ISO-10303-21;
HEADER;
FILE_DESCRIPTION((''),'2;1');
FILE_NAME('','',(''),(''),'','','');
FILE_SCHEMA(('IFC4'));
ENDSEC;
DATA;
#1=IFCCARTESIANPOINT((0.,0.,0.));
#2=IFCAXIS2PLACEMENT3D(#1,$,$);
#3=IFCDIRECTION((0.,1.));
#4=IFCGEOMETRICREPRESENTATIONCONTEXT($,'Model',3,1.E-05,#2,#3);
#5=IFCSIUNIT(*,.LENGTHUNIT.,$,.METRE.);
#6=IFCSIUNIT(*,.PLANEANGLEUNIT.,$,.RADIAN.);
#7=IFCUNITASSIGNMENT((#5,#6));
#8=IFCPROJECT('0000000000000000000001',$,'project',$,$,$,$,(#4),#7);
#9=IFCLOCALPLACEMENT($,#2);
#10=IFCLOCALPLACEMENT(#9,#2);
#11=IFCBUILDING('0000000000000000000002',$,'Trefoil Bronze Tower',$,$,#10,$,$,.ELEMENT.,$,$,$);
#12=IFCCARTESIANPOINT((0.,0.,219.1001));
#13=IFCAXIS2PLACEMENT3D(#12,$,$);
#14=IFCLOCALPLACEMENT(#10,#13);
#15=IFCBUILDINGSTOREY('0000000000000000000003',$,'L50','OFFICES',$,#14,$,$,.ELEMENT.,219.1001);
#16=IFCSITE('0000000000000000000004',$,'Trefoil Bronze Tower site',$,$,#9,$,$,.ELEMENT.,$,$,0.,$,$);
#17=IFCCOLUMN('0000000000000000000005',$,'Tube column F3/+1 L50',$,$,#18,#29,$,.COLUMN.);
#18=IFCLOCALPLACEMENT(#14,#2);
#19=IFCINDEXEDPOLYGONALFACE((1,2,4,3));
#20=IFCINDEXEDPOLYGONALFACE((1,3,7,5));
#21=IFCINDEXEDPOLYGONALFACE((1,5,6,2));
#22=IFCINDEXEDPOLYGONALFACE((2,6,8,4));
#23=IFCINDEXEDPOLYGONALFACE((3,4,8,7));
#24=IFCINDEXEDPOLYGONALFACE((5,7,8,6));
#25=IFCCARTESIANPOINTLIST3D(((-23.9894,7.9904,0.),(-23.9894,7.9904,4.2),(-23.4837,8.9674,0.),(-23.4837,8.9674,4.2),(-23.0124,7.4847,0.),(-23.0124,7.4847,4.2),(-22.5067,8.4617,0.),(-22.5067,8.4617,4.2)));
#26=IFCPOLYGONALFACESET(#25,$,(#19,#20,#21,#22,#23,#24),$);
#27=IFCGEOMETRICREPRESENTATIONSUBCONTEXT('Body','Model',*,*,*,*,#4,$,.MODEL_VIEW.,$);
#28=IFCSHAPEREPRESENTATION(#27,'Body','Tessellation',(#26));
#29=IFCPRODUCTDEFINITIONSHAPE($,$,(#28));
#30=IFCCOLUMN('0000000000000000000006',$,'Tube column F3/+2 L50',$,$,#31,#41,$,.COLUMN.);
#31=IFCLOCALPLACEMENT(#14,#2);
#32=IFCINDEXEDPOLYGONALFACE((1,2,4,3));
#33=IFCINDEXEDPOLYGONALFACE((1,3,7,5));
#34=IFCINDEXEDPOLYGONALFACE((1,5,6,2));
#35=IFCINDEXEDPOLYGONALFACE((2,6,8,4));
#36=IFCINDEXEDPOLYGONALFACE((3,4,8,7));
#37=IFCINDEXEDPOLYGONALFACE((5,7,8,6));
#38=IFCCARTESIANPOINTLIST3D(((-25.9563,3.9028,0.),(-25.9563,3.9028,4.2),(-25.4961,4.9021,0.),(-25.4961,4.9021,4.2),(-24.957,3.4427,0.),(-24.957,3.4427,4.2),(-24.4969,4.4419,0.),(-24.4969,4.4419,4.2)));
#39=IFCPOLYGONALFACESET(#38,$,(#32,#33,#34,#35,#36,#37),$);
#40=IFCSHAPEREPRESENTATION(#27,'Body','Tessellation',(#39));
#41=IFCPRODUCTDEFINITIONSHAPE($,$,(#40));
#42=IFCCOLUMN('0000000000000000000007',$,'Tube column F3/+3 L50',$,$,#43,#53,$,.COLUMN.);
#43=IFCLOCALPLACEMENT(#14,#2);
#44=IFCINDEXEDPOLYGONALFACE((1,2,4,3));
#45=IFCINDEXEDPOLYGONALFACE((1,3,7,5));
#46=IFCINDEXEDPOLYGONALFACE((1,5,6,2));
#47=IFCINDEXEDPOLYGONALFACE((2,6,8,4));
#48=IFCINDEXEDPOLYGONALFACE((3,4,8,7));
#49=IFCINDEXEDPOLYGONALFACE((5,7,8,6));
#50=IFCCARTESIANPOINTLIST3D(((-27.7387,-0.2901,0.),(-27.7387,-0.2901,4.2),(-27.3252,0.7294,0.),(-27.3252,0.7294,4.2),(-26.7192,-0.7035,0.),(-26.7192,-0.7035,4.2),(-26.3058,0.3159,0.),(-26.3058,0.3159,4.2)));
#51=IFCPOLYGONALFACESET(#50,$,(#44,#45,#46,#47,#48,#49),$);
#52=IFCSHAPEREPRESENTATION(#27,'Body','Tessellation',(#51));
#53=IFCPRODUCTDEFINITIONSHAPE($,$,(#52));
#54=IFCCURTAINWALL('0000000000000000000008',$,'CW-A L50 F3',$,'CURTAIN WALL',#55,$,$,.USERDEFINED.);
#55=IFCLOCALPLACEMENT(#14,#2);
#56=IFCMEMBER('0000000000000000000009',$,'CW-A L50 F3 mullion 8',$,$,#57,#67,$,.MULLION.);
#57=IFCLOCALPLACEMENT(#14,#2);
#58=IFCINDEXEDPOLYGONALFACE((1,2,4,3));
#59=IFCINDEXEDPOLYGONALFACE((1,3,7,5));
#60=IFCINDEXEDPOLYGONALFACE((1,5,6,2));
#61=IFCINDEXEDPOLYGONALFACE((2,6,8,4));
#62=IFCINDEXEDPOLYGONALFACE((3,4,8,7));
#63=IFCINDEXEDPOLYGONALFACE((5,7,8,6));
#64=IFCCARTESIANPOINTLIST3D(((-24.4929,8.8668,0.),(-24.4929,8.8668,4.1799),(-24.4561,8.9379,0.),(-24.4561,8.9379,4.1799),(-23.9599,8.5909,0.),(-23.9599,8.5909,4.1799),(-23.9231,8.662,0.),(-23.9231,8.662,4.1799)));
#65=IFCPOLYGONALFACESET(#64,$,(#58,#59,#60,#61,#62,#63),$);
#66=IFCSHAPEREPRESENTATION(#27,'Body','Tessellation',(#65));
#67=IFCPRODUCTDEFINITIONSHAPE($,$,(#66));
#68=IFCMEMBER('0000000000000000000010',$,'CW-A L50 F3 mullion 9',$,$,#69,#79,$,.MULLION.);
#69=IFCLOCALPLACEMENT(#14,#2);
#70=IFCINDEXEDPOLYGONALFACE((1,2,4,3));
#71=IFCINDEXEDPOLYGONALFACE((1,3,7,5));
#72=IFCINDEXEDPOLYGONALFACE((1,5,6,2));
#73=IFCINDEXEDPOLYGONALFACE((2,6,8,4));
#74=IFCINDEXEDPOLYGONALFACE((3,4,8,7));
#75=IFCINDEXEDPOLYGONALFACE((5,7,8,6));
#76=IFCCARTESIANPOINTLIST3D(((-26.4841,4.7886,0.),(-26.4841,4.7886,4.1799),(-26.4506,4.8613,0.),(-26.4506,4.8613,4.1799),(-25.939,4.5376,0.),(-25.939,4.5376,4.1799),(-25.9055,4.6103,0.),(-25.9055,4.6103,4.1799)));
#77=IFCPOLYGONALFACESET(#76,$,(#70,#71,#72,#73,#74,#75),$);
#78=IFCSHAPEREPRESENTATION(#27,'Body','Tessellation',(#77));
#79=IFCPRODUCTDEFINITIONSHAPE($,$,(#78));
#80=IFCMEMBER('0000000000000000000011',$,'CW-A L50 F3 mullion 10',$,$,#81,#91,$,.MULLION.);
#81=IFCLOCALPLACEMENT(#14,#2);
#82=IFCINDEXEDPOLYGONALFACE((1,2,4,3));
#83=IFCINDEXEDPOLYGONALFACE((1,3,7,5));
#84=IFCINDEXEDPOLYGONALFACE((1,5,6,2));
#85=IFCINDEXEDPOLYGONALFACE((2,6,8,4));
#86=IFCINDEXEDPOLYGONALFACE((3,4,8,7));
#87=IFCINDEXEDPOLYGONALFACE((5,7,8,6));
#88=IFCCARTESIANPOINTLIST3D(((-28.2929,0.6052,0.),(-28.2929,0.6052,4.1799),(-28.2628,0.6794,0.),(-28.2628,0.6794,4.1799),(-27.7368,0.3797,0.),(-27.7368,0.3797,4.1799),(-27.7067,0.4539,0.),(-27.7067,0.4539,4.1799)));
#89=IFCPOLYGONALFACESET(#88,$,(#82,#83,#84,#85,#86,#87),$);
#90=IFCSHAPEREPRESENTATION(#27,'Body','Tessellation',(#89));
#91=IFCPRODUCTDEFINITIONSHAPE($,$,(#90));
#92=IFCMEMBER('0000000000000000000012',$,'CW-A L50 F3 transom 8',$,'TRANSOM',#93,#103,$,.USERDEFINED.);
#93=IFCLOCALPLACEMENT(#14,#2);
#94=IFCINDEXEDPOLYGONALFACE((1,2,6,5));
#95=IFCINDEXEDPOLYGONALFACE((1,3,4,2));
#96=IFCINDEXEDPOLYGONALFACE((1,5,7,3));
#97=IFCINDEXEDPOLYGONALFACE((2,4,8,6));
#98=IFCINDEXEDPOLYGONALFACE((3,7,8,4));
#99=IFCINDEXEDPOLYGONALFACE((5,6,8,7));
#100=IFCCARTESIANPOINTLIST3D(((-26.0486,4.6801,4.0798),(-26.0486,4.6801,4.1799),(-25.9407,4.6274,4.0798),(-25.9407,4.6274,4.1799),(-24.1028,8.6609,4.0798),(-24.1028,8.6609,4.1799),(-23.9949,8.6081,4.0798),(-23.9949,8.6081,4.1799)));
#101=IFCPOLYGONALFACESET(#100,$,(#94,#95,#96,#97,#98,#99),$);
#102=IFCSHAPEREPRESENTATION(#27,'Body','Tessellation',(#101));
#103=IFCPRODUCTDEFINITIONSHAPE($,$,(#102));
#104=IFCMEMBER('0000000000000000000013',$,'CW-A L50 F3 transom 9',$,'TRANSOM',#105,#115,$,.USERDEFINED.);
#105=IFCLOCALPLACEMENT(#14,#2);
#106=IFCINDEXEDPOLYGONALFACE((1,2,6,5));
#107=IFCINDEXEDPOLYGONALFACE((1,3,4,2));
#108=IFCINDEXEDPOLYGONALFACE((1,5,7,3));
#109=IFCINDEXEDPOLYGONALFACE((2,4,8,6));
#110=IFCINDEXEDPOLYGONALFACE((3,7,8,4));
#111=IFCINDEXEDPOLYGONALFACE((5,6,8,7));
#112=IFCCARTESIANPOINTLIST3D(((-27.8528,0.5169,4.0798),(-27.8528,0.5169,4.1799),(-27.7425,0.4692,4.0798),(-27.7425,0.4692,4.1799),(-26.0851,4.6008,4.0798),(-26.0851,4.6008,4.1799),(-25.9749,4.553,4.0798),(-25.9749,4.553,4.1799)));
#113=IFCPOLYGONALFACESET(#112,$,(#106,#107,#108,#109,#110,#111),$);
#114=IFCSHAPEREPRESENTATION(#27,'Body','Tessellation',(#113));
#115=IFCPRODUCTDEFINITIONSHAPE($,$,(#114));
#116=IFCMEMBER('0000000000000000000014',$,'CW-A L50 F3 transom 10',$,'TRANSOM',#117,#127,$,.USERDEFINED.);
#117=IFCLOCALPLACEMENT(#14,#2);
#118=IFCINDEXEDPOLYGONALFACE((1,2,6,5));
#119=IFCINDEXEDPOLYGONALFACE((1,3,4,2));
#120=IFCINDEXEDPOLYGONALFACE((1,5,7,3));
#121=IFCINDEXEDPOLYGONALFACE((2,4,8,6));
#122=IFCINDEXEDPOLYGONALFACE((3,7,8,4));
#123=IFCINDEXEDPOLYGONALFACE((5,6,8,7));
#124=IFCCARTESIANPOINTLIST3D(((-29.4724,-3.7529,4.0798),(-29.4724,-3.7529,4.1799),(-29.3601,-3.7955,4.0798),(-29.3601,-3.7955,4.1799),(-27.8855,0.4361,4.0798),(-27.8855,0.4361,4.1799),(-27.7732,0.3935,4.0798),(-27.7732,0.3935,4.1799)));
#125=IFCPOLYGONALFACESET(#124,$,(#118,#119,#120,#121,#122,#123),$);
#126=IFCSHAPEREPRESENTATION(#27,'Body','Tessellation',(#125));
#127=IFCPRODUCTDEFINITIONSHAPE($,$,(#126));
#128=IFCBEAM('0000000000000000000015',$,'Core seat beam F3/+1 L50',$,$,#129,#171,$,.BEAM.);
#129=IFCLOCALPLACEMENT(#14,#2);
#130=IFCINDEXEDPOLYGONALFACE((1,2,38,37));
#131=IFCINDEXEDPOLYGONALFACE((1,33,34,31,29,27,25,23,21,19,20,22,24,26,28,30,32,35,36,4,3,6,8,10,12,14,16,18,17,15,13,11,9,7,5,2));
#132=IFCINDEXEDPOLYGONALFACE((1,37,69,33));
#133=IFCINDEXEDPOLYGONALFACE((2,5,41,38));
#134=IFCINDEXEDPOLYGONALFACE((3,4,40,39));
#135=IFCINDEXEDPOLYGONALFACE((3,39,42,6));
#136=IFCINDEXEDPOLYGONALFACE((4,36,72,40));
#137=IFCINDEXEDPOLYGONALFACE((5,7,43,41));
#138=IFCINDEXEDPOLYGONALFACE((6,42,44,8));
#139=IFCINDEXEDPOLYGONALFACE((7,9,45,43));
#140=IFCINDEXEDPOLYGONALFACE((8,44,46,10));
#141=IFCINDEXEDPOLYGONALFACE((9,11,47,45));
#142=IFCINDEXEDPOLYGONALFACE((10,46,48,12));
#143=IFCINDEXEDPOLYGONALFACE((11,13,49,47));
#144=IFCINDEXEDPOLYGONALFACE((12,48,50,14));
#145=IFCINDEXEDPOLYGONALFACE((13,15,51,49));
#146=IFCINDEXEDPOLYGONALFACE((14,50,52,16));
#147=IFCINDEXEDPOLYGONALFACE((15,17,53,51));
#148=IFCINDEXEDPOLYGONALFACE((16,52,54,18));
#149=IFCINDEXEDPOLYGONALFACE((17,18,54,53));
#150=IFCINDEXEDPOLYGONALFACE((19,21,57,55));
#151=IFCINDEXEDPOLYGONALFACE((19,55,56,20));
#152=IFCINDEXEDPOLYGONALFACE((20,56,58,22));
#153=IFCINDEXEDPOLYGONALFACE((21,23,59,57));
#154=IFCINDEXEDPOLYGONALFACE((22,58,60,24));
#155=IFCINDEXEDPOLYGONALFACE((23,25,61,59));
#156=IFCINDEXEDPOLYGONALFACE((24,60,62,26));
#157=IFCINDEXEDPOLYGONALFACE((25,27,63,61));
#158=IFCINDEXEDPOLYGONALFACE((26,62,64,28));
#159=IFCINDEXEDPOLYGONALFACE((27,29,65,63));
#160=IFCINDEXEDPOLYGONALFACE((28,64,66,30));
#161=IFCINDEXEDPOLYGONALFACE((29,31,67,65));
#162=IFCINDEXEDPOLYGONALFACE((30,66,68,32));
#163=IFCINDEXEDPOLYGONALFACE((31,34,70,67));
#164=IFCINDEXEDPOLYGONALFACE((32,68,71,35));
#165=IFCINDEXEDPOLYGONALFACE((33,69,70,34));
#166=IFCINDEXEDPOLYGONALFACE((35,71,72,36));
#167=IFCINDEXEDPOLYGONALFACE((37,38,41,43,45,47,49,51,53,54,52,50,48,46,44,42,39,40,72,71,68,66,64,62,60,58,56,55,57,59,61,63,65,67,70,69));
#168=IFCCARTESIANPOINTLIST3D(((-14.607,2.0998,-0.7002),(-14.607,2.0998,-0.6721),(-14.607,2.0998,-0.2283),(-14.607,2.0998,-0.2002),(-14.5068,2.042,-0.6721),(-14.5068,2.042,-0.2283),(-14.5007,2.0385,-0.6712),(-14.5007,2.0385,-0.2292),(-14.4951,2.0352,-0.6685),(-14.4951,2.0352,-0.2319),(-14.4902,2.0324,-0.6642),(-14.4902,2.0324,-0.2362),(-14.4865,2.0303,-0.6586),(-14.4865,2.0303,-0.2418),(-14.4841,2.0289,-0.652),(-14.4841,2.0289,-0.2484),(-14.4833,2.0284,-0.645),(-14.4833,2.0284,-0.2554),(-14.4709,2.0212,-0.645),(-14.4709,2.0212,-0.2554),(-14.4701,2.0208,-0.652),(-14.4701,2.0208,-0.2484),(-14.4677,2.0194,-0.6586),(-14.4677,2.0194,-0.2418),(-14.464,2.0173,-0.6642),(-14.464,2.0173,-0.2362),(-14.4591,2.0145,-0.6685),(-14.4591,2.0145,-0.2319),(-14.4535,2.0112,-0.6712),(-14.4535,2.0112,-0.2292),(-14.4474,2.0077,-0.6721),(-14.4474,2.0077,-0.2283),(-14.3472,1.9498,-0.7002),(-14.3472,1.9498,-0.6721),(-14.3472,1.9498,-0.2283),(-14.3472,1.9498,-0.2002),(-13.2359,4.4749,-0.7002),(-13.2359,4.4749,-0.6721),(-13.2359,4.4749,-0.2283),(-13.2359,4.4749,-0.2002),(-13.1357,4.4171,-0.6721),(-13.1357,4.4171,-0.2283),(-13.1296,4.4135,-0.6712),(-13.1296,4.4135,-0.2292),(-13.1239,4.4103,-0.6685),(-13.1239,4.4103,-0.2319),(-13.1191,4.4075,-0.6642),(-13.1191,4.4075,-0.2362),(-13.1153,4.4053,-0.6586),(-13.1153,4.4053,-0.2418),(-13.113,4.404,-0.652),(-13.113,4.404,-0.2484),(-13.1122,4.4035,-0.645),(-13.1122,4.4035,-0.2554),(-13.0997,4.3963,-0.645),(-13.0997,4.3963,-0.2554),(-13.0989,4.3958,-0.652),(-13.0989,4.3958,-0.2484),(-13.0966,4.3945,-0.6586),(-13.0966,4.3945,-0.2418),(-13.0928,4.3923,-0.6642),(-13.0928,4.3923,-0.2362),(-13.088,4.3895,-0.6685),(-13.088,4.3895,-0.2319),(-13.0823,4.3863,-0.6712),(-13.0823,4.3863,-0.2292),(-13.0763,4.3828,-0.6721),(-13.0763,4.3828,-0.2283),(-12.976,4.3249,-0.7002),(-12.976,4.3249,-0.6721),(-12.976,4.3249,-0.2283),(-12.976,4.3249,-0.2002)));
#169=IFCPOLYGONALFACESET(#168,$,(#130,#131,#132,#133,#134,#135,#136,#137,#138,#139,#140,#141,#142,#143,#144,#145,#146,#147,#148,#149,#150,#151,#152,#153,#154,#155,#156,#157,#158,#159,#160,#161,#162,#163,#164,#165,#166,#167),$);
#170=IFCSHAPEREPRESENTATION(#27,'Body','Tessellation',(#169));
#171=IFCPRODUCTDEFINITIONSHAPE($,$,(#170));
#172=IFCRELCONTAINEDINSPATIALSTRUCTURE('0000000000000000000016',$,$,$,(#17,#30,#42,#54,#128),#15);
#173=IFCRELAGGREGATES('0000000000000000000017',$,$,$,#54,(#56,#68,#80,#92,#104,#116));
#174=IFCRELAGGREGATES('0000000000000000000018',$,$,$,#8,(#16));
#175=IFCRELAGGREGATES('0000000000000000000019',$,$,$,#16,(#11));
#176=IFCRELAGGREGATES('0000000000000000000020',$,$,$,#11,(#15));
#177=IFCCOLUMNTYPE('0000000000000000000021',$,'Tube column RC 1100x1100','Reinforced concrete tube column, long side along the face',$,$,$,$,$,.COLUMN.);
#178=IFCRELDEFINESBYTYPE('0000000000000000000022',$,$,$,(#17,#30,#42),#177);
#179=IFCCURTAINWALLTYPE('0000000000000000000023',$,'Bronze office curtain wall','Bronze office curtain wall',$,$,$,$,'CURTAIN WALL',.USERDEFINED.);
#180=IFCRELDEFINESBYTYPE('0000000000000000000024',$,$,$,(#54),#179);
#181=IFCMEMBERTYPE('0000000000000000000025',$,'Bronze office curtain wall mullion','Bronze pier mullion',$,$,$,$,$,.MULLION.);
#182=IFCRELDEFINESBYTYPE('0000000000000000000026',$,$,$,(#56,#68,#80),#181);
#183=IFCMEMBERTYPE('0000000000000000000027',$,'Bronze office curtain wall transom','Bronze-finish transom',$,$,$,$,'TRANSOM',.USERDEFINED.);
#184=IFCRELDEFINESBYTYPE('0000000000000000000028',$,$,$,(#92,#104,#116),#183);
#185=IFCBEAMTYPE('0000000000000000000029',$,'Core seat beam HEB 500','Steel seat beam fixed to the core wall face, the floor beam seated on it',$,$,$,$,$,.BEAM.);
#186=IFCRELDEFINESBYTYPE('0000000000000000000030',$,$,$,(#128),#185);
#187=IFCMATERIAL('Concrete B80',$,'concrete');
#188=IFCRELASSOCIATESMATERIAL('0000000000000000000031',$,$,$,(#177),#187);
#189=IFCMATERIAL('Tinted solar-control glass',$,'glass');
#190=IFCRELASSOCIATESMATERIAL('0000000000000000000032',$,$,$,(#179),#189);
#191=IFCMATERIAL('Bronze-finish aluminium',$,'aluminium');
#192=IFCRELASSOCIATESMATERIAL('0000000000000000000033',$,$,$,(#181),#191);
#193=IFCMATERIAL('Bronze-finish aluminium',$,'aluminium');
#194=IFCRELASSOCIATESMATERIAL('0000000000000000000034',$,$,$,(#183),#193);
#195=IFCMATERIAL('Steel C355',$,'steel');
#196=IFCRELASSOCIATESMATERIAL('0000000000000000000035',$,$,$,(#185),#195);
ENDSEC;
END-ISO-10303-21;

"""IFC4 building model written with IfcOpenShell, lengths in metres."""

from ifc_helpers import new_model, si_unit, direction, frame, origin, origin_2d, place, context, subcontext, project, spatial, rectangle, i_section, extrude, material, material_profile, profile_set, type_object, element, aggregate, save


model = new_model("IFC4")

# Units and contexts
model_context = context("Model", 3, precision=1e-05, world=origin(), true_north=direction((0.0, 1.0)))
body_context = subcontext(model_context, "Body", "Model", "MODEL_VIEW")
ifc_project = project(units=[si_unit("LENGTHUNIT", "METRE"), si_unit("PLANEANGLEUNIT", "RADIAN")], contexts=[model_context])

# Site, building, storey
site_placement = place(None, origin())
site = spatial("IfcSite", under=ifc_project, at=site_placement, Name="Trefoil Bronze Tower site", CompositionType="ELEMENT", RefElevation=0.0)
building_placement = place(site_placement, origin())
building = spatial("IfcBuilding", under=site, at=building_placement, Name="Trefoil Bronze Tower", CompositionType="ELEMENT")
storey_placement = place(building_placement, frame((0.0, 0.0, 219.1001)))
storey = spatial("IfcBuildingStorey", under=building, at=storey_placement, Name="L50", Description="OFFICES", CompositionType="ELEMENT", Elevation=219.1001)

# Columns
ifc_material_1 = material(Name="Concrete B80", Category="concrete")
ifc_material_profile_1 = material_profile(ifc_material_1, rectangle(XDim=1.1001, YDim=1.1001, at=origin_2d()), Name="RC 1100x1100")
ifc_profile_set_1 = profile_set([ifc_material_profile_1], Name="Concrete B80")
column_type = type_object("IfcColumnType", Name="Tube column RC 1100x1100", Description="Reinforced concrete tube column, long side along the face", PredefinedType="COLUMN", material=ifc_profile_set_1)
for number, where, z_axis, x_axis, name in (
    (1, (-23.248, 8.2261, 0.0), (0.0, 0.0, 1.0), (-0.459673, -0.888088, 0.0), "Tube column F3/+1 L50"),
    (2, (-25.2266, 4.1724, 0.0), (0.0, 0.0, 1.0), (-0.418286, -0.908315, 0.0), "Tube column F3/+2 L50"),
    (3, (-27.0222, 0.0129, 0.0), (0.0, 0.0, 1.0), (-0.375828, -0.926689, 0.0), "Tube column F3/+3 L50"),
):
    element("IfcColumn", number, at=place(storey_placement, frame(where, z_axis=z_axis, x_axis=x_axis)), inside=storey, type_object=column_type, Name=name, PredefinedType="COLUMN", context=body_context, shape_type="SweptSolid", body=[
        extrude(rectangle(XDim=1.1001, YDim=1.1001, at=origin_2d()), origin(), (0.0, 0.0, 1.0), 4.2),
    ])

# Curtain wall, members
ifc_material_2 = material(Name="Tinted solar-control glass", Category="glass")
curtain_wall_type = type_object("IfcCurtainWallType", Name="Bronze office curtain wall", Description="Bronze office curtain wall", ElementType="CURTAIN WALL", PredefinedType="USERDEFINED", material=ifc_material_2)
curtain_wall_placement = place(storey_placement, origin())
curtain_wall = element("IfcCurtainWall", 4, at=curtain_wall_placement, inside=storey, type_object=curtain_wall_type, Name="CW-A L50 F3", ObjectType="CURTAIN WALL", PredefinedType="USERDEFINED")
ifc_material_3 = material(Name="Bronze-finish aluminium", Category="aluminium")
ifc_material_profile_2 = material_profile(ifc_material_3, rectangle(XDim=0.6001, YDim=0.0801, at=origin_2d()), Name="CW-A mullion")
ifc_profile_set_2 = profile_set([ifc_material_profile_2], Name="Bronze-finish aluminium")
member_type_1 = type_object("IfcMemberType", Name="Bronze office curtain wall mullion", Description="Bronze pier mullion", PredefinedType="MULLION", material=ifc_profile_set_2)
member_1_placement = place(storey_placement, frame((-24.208, 8.7644, 0.0), z_axis=(0.0, 0.0, 1.0), x_axis=(0.888088, -0.459673, 0.0)))
member_1 = element("IfcMember", 5, at=member_1_placement, type_object=member_type_1, Name="CW-A L50 F3 mullion 8", PredefinedType="MULLION", context=body_context, shape_type="SweptSolid", body=[
    extrude(rectangle(XDim=0.6001, YDim=0.0801, at=origin_2d()), origin(), (0.0, 0.0, 1.0), 4.1799),
])
member_2_placement = place(storey_placement, frame((-26.1948, 4.6995, 0.0), z_axis=(0.0, 0.0, 1.0), x_axis=(0.908315, -0.418286, 0.0)))
member_2 = element("IfcMember", 6, at=member_2_placement, type_object=member_type_1, Name="CW-A L50 F3 mullion 9", PredefinedType="MULLION", context=body_context, shape_type="SweptSolid", body=[
    extrude(rectangle(XDim=0.6001, YDim=0.0801, at=origin_2d()), origin(), (0.0, 0.0, 1.0), 4.1799),
])
member_3_placement = place(storey_placement, frame((-27.9998, 0.5295, 0.0), z_axis=(0.0, 0.0, 1.0), x_axis=(0.926689, -0.375828, 0.0)))
member_3 = element("IfcMember", 7, at=member_3_placement, type_object=member_type_1, Name="CW-A L50 F3 mullion 10", PredefinedType="MULLION", context=body_context, shape_type="SweptSolid", body=[
    extrude(rectangle(XDim=0.6001, YDim=0.0801, at=origin_2d()), origin(), (0.0, 0.0, 1.0), 4.1799),
])
ifc_material_4 = material(Name="Bronze-finish aluminium", Category="aluminium")
ifc_material_profile_3 = material_profile(ifc_material_4, rectangle(XDim=0.1201, YDim=0.1001, at=origin_2d()), Name="CW-A transom")
ifc_profile_set_3 = profile_set([ifc_material_profile_3], Name="Bronze-finish aluminium")
member_type_2 = type_object("IfcMemberType", Name="Bronze office curtain wall transom", Description="Bronze-finish transom", ElementType="TRANSOM", PredefinedType="USERDEFINED", material=ifc_profile_set_3)
member_4_placement = place(storey_placement, frame((-24.0488, 8.6345, 4.1299), z_axis=(-0.439151, -0.898413, 0.0), x_axis=(0.898413, -0.439151, 0.0)))
member_4 = element("IfcMember", 8, at=member_4_placement, type_object=member_type_2, Name="CW-A L50 F3 transom 8", ObjectType="TRANSOM", PredefinedType="USERDEFINED", context=body_context, shape_type="SweptSolid", body=[
    extrude(rectangle(XDim=0.1201, YDim=0.1001, at=origin_2d()), origin(), (0.0, 0.0, 1.0), 4.4309),
])
member_5_placement = place(storey_placement, frame((-26.03, 4.5769, 4.1299), z_axis=(-0.397221, -0.917723, 0.0), x_axis=(0.917723, -0.397221, 0.0)))
member_5 = element("IfcMember", 9, at=member_5_placement, type_object=member_type_2, Name="CW-A L50 F3 transom 9", ObjectType="TRANSOM", PredefinedType="USERDEFINED", context=body_context, shape_type="SweptSolid", body=[
    extrude(rectangle(XDim=0.1201, YDim=0.1001, at=origin_2d()), origin(), (0.0, 0.0, 1.0), 4.45),
])
member_6_placement = place(storey_placement, frame((-27.8293, 0.4148, 4.1299), z_axis=(-0.354263, -0.935146, 0.0), x_axis=(0.935146, -0.354263, 0.0)))
member_6 = element("IfcMember", 10, at=member_6_placement, type_object=member_type_2, Name="CW-A L50 F3 transom 10", ObjectType="TRANSOM", PredefinedType="USERDEFINED", context=body_context, shape_type="SweptSolid", body=[
    extrude(rectangle(XDim=0.1201, YDim=0.1001, at=origin_2d()), origin(), (0.0, 0.0, 1.0), 4.4795),
])

# Beam
ifc_material_5 = material(Name="Steel C355", Category="steel")
ifc_material_profile_4 = material_profile(ifc_material_5, i_section(OverallWidth=0.3, OverallDepth=0.5, WebThickness=0.0144, FlangeThickness=0.0281, FilletRadius=0.0271, at=origin_2d()), Name="HEB 500")
ifc_profile_set_4 = profile_set([ifc_material_profile_4], Name="Steel C355")
beam_type_1 = type_object("IfcBeamType", Name="Core seat beam HEB 500", Description="Steel seat beam fixed to the core wall face, the floor beam seated on it", PredefinedType="BEAM", material=ifc_profile_set_4)
beam_1_placement = place(storey_placement, frame((-13.106, 4.3999, -0.4502), z_axis=(-0.499969, -0.866043, 0.0), x_axis=(0.866043, -0.499969, 0.0)))
element("IfcBeam", 11, at=beam_1_placement, inside=storey, type_object=beam_type_1, Name="Core seat beam F3/+1 L50", PredefinedType="BEAM", context=body_context, shape_type="SweptSolid", body=[
    extrude(i_section(OverallWidth=0.3, OverallDepth=0.5, WebThickness=0.0144, FlangeThickness=0.0281, FilletRadius=0.0271, at=origin_2d()), origin(), (0.0, 0.0, 1.0), 2.7424),
])

aggregate(curtain_wall, [member_1, member_2, member_3, member_4, member_5, member_6])

save(model, "model.ifc")
